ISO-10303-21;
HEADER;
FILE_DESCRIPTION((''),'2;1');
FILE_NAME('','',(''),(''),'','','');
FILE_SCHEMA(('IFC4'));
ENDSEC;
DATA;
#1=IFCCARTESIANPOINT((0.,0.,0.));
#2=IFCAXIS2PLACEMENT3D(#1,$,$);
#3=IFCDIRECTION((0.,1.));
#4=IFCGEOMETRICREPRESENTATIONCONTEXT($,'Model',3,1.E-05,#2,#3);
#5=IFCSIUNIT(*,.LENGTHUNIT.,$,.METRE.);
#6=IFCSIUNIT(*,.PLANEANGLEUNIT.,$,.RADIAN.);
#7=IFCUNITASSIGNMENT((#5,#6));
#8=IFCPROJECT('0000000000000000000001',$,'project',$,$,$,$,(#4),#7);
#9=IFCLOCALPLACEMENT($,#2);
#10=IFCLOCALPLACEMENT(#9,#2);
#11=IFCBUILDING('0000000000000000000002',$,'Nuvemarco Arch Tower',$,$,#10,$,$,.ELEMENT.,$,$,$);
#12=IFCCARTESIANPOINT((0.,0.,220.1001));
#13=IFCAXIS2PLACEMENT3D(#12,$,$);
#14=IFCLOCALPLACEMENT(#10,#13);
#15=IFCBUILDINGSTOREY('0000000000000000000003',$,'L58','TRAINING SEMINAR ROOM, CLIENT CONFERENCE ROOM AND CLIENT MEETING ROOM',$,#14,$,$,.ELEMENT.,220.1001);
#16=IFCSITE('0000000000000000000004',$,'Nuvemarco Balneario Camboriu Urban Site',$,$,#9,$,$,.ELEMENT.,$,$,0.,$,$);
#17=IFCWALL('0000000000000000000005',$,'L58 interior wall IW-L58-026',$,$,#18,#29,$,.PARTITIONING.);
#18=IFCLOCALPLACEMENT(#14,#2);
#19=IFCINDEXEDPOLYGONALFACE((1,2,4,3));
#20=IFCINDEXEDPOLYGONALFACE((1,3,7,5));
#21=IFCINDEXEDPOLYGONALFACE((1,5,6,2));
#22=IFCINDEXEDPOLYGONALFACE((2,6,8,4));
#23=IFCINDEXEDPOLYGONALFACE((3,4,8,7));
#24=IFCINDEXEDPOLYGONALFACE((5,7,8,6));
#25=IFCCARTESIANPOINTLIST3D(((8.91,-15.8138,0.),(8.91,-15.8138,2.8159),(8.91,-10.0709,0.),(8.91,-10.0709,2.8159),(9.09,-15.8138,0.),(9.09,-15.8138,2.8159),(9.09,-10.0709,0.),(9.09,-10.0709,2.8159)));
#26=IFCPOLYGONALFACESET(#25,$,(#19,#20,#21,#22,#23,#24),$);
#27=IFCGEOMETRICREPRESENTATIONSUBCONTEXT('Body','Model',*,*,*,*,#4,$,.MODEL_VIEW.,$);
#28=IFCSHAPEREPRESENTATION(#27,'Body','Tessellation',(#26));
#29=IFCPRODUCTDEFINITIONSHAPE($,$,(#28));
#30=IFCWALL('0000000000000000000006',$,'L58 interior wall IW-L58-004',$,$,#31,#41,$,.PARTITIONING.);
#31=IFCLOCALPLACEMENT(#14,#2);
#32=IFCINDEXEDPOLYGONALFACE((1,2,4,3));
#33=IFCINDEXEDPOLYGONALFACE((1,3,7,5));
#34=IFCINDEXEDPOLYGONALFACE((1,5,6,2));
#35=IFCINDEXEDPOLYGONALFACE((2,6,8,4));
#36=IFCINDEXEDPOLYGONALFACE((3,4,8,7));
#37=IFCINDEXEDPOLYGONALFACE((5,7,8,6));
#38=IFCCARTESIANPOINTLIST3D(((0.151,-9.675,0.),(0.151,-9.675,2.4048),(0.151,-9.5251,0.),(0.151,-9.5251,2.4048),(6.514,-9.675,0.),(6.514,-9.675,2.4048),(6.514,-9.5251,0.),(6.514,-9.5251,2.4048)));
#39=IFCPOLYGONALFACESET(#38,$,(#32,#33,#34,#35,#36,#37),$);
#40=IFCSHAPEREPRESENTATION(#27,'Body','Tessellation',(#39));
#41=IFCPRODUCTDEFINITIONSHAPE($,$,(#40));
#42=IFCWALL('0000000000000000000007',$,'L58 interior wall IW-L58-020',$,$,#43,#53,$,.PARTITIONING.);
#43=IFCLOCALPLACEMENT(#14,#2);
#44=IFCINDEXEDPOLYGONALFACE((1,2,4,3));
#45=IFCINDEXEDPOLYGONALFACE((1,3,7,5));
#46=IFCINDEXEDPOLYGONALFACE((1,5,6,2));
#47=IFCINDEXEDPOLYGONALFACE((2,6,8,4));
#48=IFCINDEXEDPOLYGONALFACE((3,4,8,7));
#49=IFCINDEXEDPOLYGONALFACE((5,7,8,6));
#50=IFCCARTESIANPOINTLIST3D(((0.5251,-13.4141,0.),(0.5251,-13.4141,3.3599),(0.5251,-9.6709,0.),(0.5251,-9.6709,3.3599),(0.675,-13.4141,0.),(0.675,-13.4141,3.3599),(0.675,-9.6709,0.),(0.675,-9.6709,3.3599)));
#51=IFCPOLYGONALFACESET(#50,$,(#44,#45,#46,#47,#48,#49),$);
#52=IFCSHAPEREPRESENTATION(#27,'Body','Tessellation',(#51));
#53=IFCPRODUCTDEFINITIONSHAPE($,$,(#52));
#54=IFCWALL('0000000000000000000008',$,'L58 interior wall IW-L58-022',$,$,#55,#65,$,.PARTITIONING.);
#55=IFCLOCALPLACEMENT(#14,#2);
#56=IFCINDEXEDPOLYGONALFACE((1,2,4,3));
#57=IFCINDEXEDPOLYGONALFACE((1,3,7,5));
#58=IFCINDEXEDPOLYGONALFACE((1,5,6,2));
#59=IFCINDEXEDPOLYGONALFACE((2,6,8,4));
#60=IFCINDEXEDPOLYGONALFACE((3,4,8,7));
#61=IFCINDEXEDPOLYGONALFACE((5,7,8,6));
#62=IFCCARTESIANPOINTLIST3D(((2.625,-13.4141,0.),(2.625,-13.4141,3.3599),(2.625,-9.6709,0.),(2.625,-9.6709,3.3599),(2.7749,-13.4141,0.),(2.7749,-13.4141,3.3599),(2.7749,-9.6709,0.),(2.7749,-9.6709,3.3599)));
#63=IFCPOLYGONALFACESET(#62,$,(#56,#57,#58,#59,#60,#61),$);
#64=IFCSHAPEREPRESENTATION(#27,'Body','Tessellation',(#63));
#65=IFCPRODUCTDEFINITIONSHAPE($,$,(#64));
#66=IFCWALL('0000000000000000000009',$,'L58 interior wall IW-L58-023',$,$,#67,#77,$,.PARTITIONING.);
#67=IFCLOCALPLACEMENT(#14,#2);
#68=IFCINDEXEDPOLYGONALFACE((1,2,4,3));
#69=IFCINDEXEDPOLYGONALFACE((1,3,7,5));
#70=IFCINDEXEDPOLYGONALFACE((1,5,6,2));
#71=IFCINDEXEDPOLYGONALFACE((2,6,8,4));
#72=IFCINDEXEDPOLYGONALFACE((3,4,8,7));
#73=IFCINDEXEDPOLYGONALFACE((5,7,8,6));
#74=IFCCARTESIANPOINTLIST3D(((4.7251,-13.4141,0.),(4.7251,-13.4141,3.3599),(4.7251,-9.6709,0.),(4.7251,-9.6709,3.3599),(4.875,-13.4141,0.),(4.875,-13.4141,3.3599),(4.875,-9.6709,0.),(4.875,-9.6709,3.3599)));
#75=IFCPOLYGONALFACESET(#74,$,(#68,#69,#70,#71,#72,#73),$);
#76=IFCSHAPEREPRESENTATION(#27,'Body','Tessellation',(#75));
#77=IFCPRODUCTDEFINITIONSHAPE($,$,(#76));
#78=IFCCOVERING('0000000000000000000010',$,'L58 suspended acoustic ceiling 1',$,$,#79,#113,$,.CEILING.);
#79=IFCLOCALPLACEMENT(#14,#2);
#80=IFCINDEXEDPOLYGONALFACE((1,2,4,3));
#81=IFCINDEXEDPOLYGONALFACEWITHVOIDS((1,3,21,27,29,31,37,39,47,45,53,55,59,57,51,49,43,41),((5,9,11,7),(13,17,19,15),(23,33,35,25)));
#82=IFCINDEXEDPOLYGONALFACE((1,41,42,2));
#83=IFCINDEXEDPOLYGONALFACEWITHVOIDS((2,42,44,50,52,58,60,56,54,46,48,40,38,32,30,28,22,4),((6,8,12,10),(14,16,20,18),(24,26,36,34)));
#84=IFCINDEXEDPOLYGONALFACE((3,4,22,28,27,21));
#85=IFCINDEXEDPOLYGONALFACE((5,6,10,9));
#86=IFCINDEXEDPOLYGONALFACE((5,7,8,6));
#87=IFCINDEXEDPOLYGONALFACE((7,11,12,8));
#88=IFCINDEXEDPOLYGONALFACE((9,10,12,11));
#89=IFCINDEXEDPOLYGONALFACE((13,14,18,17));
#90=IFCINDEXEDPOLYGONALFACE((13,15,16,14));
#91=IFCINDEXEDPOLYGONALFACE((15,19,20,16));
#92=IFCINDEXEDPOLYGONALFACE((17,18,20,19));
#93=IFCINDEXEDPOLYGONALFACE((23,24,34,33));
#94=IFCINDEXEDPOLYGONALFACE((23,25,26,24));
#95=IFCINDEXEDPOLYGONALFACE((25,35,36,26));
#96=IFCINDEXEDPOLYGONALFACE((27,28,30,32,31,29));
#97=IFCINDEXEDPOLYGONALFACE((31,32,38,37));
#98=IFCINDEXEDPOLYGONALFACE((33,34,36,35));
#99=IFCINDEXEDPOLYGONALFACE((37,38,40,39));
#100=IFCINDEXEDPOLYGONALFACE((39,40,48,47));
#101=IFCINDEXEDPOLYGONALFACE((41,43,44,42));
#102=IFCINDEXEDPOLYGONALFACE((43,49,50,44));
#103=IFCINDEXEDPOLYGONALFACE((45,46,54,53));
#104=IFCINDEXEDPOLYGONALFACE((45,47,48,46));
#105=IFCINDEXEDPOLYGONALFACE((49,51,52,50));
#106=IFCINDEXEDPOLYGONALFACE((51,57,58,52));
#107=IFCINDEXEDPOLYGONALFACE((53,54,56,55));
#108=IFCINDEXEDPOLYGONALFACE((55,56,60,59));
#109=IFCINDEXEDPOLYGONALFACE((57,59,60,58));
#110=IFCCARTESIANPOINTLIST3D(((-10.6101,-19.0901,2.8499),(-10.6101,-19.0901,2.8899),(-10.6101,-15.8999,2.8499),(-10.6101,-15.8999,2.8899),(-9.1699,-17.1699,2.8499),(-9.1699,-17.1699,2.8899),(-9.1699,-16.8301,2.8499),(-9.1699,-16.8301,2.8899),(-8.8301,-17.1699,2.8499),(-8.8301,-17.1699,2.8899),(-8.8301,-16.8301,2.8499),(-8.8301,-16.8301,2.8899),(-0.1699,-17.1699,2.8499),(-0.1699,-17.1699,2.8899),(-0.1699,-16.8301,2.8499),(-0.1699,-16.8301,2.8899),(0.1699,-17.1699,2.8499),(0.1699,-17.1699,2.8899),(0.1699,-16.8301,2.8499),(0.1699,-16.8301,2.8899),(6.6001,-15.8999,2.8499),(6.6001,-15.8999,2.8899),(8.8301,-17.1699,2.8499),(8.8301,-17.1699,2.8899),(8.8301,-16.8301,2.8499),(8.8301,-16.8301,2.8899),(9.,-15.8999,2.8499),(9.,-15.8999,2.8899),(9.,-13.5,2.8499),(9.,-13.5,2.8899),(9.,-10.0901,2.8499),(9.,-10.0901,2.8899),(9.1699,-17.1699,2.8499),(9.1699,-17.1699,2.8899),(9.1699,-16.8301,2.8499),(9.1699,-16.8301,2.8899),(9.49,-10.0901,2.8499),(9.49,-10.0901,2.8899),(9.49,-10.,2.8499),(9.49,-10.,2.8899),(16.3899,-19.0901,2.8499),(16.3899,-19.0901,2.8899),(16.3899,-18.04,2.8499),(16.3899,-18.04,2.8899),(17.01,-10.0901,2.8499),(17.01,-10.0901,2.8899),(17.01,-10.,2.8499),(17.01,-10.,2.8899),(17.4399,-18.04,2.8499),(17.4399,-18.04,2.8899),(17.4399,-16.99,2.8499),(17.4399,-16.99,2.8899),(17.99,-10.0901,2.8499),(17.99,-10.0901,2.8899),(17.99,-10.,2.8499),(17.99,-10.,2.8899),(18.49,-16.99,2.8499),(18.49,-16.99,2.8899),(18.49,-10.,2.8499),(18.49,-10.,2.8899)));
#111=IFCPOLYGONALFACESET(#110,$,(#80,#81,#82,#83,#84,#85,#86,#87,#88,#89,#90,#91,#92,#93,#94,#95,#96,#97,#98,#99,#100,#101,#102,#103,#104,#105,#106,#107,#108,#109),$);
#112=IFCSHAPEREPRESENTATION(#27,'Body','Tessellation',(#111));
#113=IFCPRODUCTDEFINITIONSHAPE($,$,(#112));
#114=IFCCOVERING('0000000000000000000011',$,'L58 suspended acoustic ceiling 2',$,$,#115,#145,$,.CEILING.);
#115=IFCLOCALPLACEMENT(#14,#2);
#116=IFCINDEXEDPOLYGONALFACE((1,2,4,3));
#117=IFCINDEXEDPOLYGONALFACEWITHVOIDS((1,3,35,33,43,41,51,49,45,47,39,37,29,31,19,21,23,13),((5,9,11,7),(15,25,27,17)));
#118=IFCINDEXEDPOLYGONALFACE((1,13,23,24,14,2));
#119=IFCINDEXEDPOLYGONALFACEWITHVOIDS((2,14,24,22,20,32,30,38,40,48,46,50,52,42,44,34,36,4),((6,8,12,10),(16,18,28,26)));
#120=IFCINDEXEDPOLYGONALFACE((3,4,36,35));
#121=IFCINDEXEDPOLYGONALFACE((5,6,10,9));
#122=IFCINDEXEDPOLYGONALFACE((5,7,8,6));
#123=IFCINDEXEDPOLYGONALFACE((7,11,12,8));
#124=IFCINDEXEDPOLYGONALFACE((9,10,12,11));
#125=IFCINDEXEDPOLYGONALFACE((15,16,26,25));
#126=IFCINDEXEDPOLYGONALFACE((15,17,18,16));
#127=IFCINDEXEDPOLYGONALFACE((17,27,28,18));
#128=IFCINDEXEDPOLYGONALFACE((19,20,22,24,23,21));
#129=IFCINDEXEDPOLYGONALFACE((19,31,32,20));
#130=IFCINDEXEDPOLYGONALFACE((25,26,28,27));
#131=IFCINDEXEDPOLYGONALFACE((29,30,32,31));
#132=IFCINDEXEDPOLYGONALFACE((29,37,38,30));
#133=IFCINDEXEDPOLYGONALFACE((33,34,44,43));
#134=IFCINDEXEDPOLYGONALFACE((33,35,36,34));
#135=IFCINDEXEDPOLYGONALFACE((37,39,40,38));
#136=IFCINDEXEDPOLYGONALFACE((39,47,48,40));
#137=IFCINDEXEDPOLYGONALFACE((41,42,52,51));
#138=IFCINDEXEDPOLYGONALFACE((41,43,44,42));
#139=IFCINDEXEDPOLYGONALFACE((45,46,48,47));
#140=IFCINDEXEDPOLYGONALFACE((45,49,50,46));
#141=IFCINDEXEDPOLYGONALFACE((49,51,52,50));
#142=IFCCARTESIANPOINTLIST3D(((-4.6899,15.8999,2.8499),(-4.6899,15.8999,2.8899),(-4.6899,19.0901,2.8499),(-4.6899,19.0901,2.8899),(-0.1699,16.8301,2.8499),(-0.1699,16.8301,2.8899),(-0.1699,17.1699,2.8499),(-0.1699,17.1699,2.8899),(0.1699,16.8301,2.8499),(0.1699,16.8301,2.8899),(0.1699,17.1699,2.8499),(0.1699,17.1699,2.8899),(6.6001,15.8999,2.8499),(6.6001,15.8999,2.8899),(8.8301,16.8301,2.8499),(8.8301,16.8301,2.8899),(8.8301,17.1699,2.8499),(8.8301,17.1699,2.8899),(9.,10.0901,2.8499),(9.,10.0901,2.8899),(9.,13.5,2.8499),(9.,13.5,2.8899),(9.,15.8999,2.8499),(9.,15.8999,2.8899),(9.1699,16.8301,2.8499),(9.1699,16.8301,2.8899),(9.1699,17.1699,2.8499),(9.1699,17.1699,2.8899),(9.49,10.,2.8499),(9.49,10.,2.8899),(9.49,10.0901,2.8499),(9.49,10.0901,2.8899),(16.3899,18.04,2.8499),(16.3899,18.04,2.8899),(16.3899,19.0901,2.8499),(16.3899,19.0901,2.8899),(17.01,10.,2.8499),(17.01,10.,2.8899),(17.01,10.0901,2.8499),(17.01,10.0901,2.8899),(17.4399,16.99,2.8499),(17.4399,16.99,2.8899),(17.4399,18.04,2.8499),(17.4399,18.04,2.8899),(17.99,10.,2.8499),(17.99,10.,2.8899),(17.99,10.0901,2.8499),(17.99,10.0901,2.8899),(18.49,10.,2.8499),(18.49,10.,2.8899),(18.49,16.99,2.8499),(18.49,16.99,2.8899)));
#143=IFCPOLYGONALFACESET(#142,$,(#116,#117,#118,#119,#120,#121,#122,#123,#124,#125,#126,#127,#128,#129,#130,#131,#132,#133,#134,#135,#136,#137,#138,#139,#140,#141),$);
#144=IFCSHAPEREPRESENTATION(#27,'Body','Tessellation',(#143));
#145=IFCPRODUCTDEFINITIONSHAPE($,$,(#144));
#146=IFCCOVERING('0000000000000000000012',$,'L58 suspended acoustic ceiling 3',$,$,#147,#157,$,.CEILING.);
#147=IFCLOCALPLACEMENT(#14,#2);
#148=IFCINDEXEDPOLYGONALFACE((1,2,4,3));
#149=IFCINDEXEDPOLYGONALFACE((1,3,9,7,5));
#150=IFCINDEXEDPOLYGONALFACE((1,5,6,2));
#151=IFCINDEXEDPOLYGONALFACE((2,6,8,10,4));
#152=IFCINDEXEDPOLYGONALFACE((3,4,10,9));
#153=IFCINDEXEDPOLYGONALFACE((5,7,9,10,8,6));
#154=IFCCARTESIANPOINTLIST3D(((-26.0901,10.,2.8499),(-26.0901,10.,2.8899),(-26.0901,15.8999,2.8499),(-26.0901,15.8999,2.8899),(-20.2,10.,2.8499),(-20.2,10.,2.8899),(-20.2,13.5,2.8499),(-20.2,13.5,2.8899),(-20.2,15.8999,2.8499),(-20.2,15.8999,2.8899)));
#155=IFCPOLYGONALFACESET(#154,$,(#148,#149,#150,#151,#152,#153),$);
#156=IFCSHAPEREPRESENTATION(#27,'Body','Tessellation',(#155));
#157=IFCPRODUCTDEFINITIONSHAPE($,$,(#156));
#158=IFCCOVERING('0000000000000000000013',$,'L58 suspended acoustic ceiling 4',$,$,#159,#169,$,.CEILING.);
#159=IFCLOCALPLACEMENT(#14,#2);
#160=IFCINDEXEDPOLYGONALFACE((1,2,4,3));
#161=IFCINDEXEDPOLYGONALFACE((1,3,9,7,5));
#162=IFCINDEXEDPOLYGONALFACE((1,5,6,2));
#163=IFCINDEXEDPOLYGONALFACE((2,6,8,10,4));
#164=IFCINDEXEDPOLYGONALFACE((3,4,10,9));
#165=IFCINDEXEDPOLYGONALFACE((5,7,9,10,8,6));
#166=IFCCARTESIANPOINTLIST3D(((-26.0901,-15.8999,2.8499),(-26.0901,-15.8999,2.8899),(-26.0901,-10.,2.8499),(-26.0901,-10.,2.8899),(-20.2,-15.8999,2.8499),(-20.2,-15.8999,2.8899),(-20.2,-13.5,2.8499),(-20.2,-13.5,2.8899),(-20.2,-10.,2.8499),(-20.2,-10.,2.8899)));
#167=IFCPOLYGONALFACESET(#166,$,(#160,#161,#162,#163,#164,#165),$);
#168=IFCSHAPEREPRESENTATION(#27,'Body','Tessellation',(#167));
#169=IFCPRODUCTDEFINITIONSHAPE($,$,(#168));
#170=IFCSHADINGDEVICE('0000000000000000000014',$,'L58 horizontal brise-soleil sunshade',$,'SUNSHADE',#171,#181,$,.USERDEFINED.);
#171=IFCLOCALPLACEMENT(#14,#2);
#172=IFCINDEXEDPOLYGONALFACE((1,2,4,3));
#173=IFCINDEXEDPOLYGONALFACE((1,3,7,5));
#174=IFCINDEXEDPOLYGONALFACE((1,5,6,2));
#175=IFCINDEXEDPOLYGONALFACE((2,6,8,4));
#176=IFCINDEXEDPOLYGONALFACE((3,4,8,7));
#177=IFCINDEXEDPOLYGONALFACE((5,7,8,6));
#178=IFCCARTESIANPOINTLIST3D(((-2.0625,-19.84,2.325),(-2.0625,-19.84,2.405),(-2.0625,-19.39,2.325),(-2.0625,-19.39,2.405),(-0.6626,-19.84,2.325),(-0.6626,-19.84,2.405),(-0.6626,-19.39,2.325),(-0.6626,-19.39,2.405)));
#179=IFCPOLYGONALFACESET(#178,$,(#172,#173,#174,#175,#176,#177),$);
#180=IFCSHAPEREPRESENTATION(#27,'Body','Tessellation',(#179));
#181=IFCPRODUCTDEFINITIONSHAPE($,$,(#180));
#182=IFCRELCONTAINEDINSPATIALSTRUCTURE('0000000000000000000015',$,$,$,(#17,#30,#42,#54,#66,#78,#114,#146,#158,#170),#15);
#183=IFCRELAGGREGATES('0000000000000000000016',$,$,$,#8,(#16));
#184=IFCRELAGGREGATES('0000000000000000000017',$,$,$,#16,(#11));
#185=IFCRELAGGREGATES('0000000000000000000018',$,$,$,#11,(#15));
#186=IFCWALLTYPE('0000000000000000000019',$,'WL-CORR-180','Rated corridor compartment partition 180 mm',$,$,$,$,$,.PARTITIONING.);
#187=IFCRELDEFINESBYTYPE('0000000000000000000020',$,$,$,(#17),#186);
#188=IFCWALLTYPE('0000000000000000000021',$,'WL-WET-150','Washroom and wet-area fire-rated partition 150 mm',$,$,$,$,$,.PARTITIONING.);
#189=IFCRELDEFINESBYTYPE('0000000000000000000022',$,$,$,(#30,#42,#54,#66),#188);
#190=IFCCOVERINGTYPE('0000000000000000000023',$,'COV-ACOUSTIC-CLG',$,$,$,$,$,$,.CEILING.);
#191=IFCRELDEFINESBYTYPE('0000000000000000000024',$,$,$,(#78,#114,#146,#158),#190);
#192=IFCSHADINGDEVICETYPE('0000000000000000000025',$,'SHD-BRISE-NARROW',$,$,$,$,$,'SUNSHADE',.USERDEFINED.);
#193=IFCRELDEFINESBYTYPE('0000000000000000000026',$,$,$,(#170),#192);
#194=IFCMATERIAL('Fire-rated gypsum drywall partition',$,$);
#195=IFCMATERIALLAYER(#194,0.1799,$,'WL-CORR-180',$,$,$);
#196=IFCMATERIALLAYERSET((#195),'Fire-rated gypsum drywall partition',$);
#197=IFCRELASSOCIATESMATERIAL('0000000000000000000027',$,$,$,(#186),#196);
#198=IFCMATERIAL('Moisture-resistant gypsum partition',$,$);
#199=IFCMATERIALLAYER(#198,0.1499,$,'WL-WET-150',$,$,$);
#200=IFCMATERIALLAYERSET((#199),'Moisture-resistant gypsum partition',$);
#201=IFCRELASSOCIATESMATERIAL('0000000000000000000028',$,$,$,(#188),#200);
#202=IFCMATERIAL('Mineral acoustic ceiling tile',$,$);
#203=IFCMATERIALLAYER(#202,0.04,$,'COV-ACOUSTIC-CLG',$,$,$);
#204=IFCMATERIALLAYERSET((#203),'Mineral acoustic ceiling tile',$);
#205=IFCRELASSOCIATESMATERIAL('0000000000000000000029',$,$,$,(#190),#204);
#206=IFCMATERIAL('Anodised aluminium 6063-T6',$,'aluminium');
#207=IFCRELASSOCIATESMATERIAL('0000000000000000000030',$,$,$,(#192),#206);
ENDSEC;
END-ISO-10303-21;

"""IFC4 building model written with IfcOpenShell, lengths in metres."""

from ifc_helpers import new_model, si_unit, direction, frame, frame_2d, origin, origin_2d, place, context, subcontext, project, spatial, polyline, rectangle, outline, extrude, source, transform, mapped, material, layer, layer_set, type_object, type_shapes, element, save


model = new_model("IFC4")

# Units and contexts
model_context = context("Model", 3, precision=1e-05, world=origin(), true_north=direction((0.0, 1.0)))
body_context = subcontext(model_context, "Body", "Model", "MODEL_VIEW")
ifc_project = project(units=[si_unit("LENGTHUNIT", "METRE"), si_unit("PLANEANGLEUNIT", "RADIAN")], contexts=[model_context])

# Site, building, storey
site_placement = place(None, origin())
site = spatial("IfcSite", under=ifc_project, at=site_placement, Name="Nuvemarco Balneario Camboriu Urban Site", CompositionType="ELEMENT", RefElevation=0.0)
building_placement = place(site_placement, origin())
building = spatial("IfcBuilding", under=site, at=building_placement, Name="Nuvemarco Arch Tower", CompositionType="ELEMENT")
storey_placement = place(building_placement, frame((0.0, 0.0, 220.1001)))
storey = spatial("IfcBuildingStorey", under=building, at=storey_placement, Name="L58", Description="TRAINING SEMINAR ROOM, CLIENT CONFERENCE ROOM AND CLIENT MEETING ROOM", CompositionType="ELEMENT", Elevation=220.1001)

# Shared definitions
ifc_material_1 = material(Name="Fire-rated gypsum drywall partition")
ifc_layer_1 = layer(ifc_material_1, 0.1799, Name="WL-CORR-180")
ifc_layer_set_1 = layer_set([ifc_layer_1], Name="Fire-rated gypsum drywall partition")
wall_type_1 = type_object("IfcWallType", Name="WL-CORR-180", Description="Rated corridor compartment partition 180 mm", PredefinedType="PARTITIONING", material=ifc_layer_set_1)

# Walls
wall_1_placement = place(storey_placement, frame((9.0, -15.814, 0.0), z_axis=(0.0, 0.0, 1.0), x_axis=(0.0, 1.0, 0.0)))
element("IfcWall", 1, at=wall_1_placement, inside=storey, type_object=wall_type_1, Name="L58 interior wall IW-L58-026", PredefinedType="PARTITIONING", context=body_context, shape_type="SweptSolid", body=[
    extrude(rectangle(XDim=5.7429, YDim=0.1799, at=frame_2d((2.8716, 0.0))), origin(), (0.0, 0.0, 1.0), 2.8159),
])
ifc_material_2 = material(Name="Moisture-resistant gypsum partition")
ifc_layer_2 = layer(ifc_material_2, 0.1499, Name="WL-WET-150")
ifc_layer_set_2 = layer_set([ifc_layer_2], Name="Moisture-resistant gypsum partition")
wall_type_2 = type_object("IfcWallType", Name="WL-WET-150", Description="Washroom and wet-area fire-rated partition 150 mm", PredefinedType="PARTITIONING", material=ifc_layer_set_2)
wall_2_placement = place(storey_placement, frame((0.1509, -9.6001, 0.0), z_axis=(0.0, 0.0, 1.0), x_axis=(1.0, 0.0, 0.0)))
element("IfcWall", 2, at=wall_2_placement, inside=storey, type_object=wall_type_2, Name="L58 interior wall IW-L58-004", PredefinedType="PARTITIONING", context=body_context, shape_type="SweptSolid", body=[
    extrude(rectangle(XDim=6.363, YDim=0.1499, at=frame_2d((3.1816, 0.0))), origin(), (0.0, 0.0, 1.0), 2.4048),
])
for number, where, z_axis, x_axis, name in (
    (3, (0.6001, -13.4141, 0.0), (0.0, 0.0, 1.0), (0.0, 1.0, 0.0), "L58 interior wall IW-L58-020"),
    (4, (2.7, -13.4141, 0.0), (0.0, 0.0, 1.0), (0.0, 1.0, 0.0), "L58 interior wall IW-L58-022"),
    (5, (4.8, -13.4141, 0.0), (0.0, 0.0, 1.0), (0.0, 1.0, 0.0), "L58 interior wall IW-L58-023"),
):
    element("IfcWall", number, at=place(storey_placement, frame(where, z_axis=z_axis, x_axis=x_axis)), inside=storey, type_object=wall_type_2, Name=name, PredefinedType="PARTITIONING", context=body_context, shape_type="SweptSolid", body=[
        extrude(rectangle(XDim=3.7432, YDim=0.1499, at=frame_2d((1.8716, 0.0))), origin(), (0.0, 0.0, 1.0), 3.3599),
    ])

# Coverings
ifc_material_3 = material(Name="Mineral acoustic ceiling tile")
ifc_layer_3 = layer(ifc_material_3, 0.04, Name="COV-ACOUSTIC-CLG")
ifc_layer_set_3 = layer_set([ifc_layer_3], Name="Mineral acoustic ceiling tile")
covering_type = type_object("IfcCoveringType", Name="COV-ACOUSTIC-CLG", PredefinedType="CEILING", material=ifc_layer_set_3)
covering_1_placement = place(storey_placement, frame((0.0, 0.0, 2.8499)))
element("IfcCovering", 6, at=covering_1_placement, inside=storey, type_object=covering_type, Name="L58 suspended acoustic ceiling 1", PredefinedType="CEILING", context=body_context, shape_type="SweptSolid", body=[
    extrude(outline(polyline([(-10.6101, -15.8999), (6.6001, -15.8999), (9.0, -15.8999), (9.0, -13.5), (9.0, -10.0901), (9.49, -10.0901), (9.49, -10.0), (17.01, -10.0), (17.01, -10.0901), (17.99, -10.0901), (17.99, -10.0), (18.49, -10.0), (18.49, -16.99), (17.4399, -16.99), (17.4399, -18.04), (16.3899, -18.04), (16.3899, -19.0901), (-10.6101, -19.0901), (-10.6101, -15.8999)]), holes=[polyline([(-8.8301, -16.8301), (-9.1699, -16.8301), (-9.1699, -17.1699), (-8.8301, -17.1699), (-8.8301, -16.8301)]), polyline([(0.1699, -17.1699), (0.1699, -16.8301), (-0.1699, -16.8301), (-0.1699, -17.1699), (0.1699, -17.1699)]), polyline([(9.1699, -17.1699), (9.1699, -16.8301), (8.8301, -16.8301), (8.8301, -17.1699), (9.1699, -17.1699)])]), origin(), (0.0, 0.0, 1.0), 0.04),
])
covering_2_placement = place(storey_placement, frame((0.0, 0.0, 2.8499)))
element("IfcCovering", 7, at=covering_2_placement, inside=storey, type_object=covering_type, Name="L58 suspended acoustic ceiling 2", PredefinedType="CEILING", context=body_context, shape_type="SweptSolid", body=[
    extrude(outline(polyline([(18.49, 16.99), (18.49, 10.0), (17.99, 10.0), (17.99, 10.0901), (17.01, 10.0901), (17.01, 10.0), (9.49, 10.0), (9.49, 10.0901), (9.0, 10.0901), (9.0, 13.5), (9.0, 15.8999), (6.6001, 15.8999), (-4.6899, 15.8999), (-4.6899, 19.0901), (16.3899, 19.0901), (16.3899, 18.04), (17.4399, 18.04), (17.4399, 16.99), (18.49, 16.99)]), holes=[polyline([(0.1699, 16.8301), (0.1699, 17.1699), (-0.1699, 17.1699), (-0.1699, 16.8301), (0.1699, 16.8301)]), polyline([(9.1699, 17.1699), (8.8301, 17.1699), (8.8301, 16.8301), (9.1699, 16.8301), (9.1699, 17.1699)])]), origin(), (0.0, 0.0, 1.0), 0.04),
])
covering_3_placement = place(storey_placement, frame((0.0, 0.0, 2.8499)))
element("IfcCovering", 8, at=covering_3_placement, inside=storey, type_object=covering_type, Name="L58 suspended acoustic ceiling 3", PredefinedType="CEILING", context=body_context, shape_type="SweptSolid", body=[
    extrude(outline(polyline([(-20.2, 10.0), (-26.0901, 10.0), (-26.0901, 15.8999), (-20.2, 15.8999), (-20.2, 13.5), (-20.2, 10.0)])), origin(), (0.0, 0.0, 1.0), 0.04),
])
covering_4_placement = place(storey_placement, frame((0.0, 0.0, 2.8499)))
element("IfcCovering", 9, at=covering_4_placement, inside=storey, type_object=covering_type, Name="L58 suspended acoustic ceiling 4", PredefinedType="CEILING", context=body_context, shape_type="SweptSolid", body=[
    extrude(outline(polyline([(-20.2, -15.8999), (-26.0901, -15.8999), (-26.0901, -10.0), (-20.2, -10.0), (-20.2, -13.5), (-20.2, -15.8999)])), origin(), (0.0, 0.0, 1.0), 0.04),
])

# Shading device
ifc_material_4 = material(Name="Anodised aluminium 6063-T6", Category="aluminium")
shading_device_type = type_object("IfcShadingDeviceType", Name="SHD-BRISE-NARROW", ElementType="SUNSHADE", PredefinedType="USERDEFINED", material=ifc_material_4)
shared_shape_1 = source(origin(), body_context, "Body", "SweptSolid", [
    extrude(rectangle(XDim=1.3999, YDim=0.45, at=origin_2d()), origin(), (0.0, 0.0, 1.0), 0.0801),
])
type_shapes(shading_device_type, [shared_shape_1])
for number, where, z_axis, x_axis, name in (
    (10, (-1.3625, -19.615, 2.325), (0.0, 0.0, 1.0), (1.0, 0.0, 0.0), "L58 horizontal brise-soleil sunshade"),
):
    element("IfcShadingDevice", number, at=place(storey_placement, frame(where, z_axis=z_axis, x_axis=x_axis)), inside=storey, type_object=shading_device_type, Name=name, ObjectType="SUNSHADE", PredefinedType="USERDEFINED", context=body_context, shape_type="MappedRepresentation", body=[
        mapped(shared_shape_1, transform((0.0, 0.0, 0.0), scale=1.0)),
    ])

save(model, "model.ifc")
